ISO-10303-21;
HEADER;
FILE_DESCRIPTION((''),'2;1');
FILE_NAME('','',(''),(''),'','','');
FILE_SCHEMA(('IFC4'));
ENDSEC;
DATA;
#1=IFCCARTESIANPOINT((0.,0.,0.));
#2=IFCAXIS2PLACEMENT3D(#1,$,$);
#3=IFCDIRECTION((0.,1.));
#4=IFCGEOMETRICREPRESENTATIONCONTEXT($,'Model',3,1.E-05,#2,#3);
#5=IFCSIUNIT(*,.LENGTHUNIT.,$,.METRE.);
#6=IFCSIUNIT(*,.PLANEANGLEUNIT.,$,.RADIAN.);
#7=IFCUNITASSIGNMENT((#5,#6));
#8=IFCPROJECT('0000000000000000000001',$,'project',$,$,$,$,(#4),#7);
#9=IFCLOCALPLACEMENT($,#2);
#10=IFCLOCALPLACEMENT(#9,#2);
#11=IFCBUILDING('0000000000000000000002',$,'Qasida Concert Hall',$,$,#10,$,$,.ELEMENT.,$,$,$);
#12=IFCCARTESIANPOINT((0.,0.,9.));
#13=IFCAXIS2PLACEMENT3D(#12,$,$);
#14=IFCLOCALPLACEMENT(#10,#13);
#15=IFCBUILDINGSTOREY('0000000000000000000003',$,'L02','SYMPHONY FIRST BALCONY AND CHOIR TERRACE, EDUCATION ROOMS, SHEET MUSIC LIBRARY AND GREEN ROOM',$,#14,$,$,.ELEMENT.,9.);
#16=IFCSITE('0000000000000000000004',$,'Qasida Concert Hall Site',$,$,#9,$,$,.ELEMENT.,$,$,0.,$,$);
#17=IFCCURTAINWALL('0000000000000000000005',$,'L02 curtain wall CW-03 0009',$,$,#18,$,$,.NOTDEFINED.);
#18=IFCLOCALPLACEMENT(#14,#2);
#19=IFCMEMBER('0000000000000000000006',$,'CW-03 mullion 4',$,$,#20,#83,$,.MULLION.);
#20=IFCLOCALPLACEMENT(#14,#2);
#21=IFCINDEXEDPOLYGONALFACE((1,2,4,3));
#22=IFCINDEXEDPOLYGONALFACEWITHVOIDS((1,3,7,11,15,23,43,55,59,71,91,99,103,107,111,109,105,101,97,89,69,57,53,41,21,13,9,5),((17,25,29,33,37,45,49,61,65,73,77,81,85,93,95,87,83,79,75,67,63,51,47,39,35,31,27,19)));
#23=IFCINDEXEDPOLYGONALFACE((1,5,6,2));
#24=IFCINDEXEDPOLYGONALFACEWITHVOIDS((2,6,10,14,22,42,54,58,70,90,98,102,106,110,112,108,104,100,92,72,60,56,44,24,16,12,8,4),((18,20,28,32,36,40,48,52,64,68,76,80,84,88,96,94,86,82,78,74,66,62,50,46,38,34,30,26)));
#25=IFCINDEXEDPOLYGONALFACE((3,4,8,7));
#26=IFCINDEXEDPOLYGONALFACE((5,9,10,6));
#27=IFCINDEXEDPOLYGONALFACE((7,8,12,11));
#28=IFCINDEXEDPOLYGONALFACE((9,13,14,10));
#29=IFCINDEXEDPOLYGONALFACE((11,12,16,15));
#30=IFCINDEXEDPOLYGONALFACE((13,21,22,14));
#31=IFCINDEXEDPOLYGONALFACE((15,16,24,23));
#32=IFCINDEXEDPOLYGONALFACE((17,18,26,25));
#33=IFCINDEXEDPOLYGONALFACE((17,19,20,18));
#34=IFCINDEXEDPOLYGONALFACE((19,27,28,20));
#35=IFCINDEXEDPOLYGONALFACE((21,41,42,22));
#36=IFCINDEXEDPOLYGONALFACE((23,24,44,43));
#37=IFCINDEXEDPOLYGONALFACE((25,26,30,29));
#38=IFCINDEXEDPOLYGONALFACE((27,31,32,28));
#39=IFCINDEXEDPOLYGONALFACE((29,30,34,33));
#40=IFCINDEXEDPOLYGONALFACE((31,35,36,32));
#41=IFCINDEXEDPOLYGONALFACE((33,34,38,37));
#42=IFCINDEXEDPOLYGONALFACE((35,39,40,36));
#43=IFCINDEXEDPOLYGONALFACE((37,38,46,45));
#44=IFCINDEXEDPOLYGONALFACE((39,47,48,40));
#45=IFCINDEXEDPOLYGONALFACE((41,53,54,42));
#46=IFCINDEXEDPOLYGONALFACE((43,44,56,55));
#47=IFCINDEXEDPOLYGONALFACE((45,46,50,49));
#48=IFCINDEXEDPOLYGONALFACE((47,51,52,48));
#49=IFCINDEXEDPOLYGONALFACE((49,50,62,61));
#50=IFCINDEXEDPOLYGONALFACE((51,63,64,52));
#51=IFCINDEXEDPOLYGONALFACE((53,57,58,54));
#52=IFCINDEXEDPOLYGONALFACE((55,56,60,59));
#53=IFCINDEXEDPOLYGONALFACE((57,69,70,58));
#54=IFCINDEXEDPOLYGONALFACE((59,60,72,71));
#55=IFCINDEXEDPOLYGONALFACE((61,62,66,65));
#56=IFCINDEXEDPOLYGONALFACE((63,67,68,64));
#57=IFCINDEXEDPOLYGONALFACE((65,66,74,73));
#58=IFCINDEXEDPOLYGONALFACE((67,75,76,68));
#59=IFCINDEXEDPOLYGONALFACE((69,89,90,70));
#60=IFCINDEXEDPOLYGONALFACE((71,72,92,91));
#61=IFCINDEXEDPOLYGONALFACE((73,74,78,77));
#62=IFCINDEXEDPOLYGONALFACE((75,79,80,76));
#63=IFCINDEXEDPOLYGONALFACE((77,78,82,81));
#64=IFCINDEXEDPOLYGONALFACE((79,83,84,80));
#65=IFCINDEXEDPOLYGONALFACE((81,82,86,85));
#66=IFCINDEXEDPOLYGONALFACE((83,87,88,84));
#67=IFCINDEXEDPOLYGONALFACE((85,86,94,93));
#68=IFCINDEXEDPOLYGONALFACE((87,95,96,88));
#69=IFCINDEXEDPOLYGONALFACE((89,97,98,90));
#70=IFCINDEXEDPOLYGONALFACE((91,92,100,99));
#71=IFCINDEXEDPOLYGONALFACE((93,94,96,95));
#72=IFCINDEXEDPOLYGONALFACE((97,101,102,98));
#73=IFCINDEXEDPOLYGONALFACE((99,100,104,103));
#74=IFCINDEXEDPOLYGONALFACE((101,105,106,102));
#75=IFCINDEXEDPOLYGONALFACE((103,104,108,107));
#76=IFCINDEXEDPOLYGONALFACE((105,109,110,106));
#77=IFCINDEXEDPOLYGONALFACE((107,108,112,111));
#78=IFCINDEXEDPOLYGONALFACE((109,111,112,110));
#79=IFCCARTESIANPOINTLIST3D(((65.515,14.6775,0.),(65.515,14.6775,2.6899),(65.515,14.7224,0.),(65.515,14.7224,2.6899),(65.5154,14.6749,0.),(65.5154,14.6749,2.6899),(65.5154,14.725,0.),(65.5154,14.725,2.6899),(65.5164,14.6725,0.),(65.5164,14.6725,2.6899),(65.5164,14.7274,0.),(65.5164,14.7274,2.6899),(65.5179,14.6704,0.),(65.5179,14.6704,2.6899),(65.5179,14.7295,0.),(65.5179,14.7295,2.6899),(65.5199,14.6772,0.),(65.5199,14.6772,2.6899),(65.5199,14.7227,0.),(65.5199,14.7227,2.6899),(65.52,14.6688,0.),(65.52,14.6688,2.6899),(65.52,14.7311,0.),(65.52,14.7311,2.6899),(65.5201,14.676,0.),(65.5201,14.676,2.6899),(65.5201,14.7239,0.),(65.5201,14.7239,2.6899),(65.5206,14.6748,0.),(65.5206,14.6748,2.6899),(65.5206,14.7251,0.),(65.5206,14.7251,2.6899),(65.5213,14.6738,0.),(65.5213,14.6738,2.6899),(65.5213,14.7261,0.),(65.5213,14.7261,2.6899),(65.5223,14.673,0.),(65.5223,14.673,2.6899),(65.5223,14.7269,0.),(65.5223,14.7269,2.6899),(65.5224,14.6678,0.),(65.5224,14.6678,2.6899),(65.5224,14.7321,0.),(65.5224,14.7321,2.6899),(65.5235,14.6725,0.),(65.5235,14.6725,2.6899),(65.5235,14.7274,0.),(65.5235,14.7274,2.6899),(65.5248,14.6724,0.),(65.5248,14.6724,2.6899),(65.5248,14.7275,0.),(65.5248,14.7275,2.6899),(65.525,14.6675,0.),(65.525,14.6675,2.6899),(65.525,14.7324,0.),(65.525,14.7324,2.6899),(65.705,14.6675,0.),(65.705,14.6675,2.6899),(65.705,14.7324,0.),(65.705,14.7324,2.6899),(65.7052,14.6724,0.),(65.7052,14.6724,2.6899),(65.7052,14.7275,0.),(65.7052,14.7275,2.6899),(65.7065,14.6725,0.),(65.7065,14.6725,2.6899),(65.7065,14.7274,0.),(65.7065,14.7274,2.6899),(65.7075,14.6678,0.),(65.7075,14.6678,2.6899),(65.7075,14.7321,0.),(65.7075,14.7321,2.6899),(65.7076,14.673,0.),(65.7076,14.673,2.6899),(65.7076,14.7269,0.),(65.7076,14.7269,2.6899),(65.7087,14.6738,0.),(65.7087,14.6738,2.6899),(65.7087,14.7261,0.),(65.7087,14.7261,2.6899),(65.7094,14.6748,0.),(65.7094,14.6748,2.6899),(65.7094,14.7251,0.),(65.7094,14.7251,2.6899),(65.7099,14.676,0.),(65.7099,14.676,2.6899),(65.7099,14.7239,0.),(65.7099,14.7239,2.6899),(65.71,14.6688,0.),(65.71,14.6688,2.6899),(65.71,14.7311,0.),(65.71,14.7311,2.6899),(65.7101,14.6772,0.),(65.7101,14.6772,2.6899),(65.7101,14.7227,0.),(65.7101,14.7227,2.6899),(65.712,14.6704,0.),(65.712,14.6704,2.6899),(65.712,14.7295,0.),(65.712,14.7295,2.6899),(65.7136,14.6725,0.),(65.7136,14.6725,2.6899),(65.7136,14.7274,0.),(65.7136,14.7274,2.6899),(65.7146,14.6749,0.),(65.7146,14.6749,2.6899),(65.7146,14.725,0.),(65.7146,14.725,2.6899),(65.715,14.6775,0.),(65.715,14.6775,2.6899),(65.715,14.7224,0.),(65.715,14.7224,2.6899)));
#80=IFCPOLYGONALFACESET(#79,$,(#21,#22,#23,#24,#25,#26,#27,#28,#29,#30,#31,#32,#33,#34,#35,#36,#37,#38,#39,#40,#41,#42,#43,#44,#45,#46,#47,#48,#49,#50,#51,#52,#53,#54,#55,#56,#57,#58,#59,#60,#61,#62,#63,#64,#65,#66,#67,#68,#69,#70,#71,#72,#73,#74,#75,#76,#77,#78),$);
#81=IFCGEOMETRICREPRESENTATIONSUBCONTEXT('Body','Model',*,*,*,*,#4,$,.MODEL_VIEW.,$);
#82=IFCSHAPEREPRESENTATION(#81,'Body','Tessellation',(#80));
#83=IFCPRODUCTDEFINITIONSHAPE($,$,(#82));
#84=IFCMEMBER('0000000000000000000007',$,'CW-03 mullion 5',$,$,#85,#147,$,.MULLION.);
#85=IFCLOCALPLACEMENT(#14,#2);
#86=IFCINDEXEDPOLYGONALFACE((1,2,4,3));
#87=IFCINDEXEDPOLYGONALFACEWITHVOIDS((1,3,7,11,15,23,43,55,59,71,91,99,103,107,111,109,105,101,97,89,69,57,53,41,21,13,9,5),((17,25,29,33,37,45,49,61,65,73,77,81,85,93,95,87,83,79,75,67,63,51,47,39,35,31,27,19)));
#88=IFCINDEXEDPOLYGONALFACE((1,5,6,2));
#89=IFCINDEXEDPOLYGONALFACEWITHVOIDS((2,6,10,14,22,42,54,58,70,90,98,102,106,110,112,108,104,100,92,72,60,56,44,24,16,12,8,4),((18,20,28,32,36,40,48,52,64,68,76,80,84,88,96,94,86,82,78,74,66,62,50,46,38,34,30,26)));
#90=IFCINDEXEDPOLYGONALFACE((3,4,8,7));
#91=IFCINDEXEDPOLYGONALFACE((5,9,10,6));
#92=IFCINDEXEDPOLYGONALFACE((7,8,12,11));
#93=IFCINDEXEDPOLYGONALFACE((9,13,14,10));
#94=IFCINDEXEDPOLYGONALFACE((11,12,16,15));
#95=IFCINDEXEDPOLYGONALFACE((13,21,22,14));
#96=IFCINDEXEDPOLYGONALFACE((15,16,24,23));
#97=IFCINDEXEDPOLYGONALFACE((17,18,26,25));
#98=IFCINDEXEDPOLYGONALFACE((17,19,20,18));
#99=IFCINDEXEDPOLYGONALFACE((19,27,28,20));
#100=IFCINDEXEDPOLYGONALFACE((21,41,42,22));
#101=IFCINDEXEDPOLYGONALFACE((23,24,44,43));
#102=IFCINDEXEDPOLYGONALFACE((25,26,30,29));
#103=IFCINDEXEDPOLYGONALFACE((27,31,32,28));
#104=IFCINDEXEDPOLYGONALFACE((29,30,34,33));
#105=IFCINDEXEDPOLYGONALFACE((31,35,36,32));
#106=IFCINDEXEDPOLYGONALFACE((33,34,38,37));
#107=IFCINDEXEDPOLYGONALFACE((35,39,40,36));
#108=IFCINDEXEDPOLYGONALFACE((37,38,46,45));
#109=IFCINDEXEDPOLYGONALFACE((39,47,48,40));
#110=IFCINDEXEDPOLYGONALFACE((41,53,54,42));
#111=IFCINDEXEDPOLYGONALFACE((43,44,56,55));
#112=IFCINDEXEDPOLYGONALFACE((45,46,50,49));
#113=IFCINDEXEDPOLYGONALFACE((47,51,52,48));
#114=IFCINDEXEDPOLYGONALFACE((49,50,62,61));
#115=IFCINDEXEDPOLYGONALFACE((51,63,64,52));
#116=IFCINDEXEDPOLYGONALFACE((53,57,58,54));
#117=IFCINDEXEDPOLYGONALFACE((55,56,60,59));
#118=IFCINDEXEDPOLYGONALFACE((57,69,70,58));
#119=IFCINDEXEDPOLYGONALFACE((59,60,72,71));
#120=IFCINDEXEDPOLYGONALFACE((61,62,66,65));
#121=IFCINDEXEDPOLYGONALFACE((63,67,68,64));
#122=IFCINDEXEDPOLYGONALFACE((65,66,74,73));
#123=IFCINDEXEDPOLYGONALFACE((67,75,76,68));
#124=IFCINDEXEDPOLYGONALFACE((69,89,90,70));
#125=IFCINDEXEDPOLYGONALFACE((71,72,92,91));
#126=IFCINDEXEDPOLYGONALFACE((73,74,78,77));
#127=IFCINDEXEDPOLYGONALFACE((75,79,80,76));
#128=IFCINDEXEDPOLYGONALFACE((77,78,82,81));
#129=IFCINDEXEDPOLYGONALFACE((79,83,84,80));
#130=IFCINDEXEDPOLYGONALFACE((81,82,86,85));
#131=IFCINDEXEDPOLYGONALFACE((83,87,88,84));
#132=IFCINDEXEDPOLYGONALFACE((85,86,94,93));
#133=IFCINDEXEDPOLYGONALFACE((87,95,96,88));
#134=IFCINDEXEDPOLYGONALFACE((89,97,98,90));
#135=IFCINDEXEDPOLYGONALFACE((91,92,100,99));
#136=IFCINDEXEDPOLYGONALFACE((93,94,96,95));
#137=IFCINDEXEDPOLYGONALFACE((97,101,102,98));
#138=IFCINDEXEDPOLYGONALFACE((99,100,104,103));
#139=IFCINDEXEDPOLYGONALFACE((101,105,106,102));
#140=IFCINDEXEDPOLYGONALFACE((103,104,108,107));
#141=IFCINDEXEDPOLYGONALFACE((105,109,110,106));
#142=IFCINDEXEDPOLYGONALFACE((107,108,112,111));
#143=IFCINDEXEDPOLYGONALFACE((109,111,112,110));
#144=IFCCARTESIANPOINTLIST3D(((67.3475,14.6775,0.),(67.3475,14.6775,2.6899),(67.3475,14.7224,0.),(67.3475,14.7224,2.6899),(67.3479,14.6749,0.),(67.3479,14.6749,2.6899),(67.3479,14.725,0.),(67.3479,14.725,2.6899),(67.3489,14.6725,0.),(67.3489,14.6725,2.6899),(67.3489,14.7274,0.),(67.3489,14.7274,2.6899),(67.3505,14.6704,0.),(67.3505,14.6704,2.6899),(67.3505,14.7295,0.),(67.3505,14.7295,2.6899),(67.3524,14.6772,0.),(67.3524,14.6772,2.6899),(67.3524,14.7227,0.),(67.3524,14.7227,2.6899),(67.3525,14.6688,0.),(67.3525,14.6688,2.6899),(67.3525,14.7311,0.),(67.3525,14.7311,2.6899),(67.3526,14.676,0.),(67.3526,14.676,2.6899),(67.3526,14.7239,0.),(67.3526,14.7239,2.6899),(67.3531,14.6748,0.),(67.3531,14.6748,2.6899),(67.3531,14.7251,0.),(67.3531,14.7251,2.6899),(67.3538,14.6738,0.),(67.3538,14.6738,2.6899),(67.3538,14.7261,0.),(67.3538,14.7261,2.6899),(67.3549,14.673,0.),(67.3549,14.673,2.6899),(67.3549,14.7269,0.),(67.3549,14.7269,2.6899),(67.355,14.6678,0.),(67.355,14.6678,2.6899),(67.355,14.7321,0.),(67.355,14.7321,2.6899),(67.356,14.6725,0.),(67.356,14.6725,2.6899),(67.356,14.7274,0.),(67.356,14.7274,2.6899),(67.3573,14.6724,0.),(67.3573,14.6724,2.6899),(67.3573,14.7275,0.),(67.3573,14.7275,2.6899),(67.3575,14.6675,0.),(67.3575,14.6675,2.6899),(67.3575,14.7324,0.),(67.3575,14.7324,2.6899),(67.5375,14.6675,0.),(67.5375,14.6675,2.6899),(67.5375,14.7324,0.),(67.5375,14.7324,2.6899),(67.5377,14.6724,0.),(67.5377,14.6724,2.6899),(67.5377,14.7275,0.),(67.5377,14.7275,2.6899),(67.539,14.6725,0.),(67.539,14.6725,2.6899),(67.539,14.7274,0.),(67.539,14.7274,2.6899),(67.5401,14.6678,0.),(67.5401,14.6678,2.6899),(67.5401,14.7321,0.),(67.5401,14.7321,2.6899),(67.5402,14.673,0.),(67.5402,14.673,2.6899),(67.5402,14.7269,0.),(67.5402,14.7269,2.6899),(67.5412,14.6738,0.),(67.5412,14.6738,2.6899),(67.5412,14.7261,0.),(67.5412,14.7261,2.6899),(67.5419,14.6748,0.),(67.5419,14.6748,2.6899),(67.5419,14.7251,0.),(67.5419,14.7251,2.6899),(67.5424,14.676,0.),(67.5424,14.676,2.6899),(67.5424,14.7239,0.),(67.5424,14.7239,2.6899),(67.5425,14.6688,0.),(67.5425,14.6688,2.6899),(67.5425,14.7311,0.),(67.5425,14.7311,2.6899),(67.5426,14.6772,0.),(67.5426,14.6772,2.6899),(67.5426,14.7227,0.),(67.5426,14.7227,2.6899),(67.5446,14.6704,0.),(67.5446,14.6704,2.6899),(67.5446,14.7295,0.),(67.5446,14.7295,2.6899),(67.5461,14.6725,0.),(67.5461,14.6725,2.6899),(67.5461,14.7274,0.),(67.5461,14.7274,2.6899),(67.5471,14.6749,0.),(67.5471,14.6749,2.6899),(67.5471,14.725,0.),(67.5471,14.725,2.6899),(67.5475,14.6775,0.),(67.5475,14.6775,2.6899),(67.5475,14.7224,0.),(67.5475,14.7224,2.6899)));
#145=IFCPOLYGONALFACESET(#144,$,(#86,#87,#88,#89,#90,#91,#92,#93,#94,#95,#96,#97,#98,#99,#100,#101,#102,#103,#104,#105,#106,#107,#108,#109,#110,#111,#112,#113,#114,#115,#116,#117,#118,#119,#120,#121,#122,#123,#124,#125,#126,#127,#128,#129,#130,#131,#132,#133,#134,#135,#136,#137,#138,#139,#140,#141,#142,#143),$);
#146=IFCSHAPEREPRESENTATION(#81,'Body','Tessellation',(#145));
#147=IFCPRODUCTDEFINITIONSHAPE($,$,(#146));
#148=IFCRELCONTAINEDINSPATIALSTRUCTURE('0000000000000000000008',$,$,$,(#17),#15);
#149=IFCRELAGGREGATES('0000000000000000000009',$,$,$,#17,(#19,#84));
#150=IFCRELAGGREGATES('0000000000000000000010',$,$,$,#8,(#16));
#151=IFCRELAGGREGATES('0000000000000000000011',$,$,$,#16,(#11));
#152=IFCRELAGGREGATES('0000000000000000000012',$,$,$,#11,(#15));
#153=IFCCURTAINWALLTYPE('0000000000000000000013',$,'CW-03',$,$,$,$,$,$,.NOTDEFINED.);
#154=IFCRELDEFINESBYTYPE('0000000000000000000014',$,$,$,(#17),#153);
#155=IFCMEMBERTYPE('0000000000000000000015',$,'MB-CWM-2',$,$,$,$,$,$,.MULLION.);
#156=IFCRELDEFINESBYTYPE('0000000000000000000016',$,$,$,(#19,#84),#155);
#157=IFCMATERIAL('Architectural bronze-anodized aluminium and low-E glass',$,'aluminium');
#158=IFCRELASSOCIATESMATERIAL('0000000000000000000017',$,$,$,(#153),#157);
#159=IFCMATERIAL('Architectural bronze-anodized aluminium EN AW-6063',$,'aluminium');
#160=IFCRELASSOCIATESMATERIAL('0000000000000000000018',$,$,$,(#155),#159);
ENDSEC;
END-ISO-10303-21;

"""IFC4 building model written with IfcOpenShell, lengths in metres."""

from ifc_helpers import new_model, si_unit, direction, frame, origin, origin_2d, place, context, subcontext, project, spatial, hollow_rectangle, extrude, material, material_profile, profile_set, type_object, element, aggregate, save


model = new_model("IFC4")

# Units and contexts
model_context = context("Model", 3, precision=1e-05, world=origin(), true_north=direction((0.0, 1.0)))
body_context = subcontext(model_context, "Body", "Model", "MODEL_VIEW")
ifc_project = project(units=[si_unit("LENGTHUNIT", "METRE"), si_unit("PLANEANGLEUNIT", "RADIAN")], contexts=[model_context])

# Site, building, storey
site_placement = place(None, origin())
site = spatial("IfcSite", under=ifc_project, at=site_placement, Name="Qasida Concert Hall Site", CompositionType="ELEMENT", RefElevation=0.0)
building_placement = place(site_placement, origin())
building = spatial("IfcBuilding", under=site, at=building_placement, Name="Qasida Concert Hall", CompositionType="ELEMENT")
storey_placement = place(building_placement, frame((0.0, 0.0, 9.0)))
storey = spatial("IfcBuildingStorey", under=building, at=storey_placement, Name="L02", Description="SYMPHONY FIRST BALCONY AND CHOIR TERRACE, EDUCATION ROOMS, SHEET MUSIC LIBRARY AND GREEN ROOM", CompositionType="ELEMENT", Elevation=9.0)

# Curtain wall, members
ifc_material_1 = material(Name="Architectural bronze-anodized aluminium and low-E glass", Category="aluminium")
curtain_wall_type = type_object("IfcCurtainWallType", Name="CW-03", PredefinedType="NOTDEFINED", material=ifc_material_1)
curtain_wall_1_placement = place(storey_placement, origin())
curtain_wall_1 = element("IfcCurtainWall", 1, at=curtain_wall_1_placement, inside=storey, type_object=curtain_wall_type, Name="L02 curtain wall CW-03 0009", PredefinedType="NOTDEFINED")
ifc_material_2 = material(Name="Architectural bronze-anodized aluminium EN AW-6063", Category="aluminium")
ifc_material_profile_1 = material_profile(ifc_material_2, hollow_rectangle(XDim=0.0649, YDim=0.2, WallThickness=0.0049, InnerFilletRadius=0.0049, OuterFilletRadius=0.01, at=origin_2d()), Name="CWM 200x65x5")
ifc_profile_set_1 = profile_set([ifc_material_profile_1], Name="Architectural bronze-anodized aluminium EN AW-6063")
member_type_1 = type_object("IfcMemberType", Name="MB-CWM-2", PredefinedType="MULLION", material=ifc_profile_set_1)
member_1_placement = place(storey_placement, frame((65.615, 14.7, 0.0), z_axis=(0.0, 0.0, 1.0), x_axis=(0.0, 1.0, 0.0)))
member_1 = element("IfcMember", 2, at=member_1_placement, type_object=member_type_1, Name="CW-03 mullion 4", PredefinedType="MULLION", context=body_context, shape_type="SweptSolid", body=[
    extrude(hollow_rectangle(XDim=0.0649, YDim=0.2, WallThickness=0.0049, InnerFilletRadius=0.0049, OuterFilletRadius=0.01, at=origin_2d()), origin(), (0.0, 0.0, 1.0), 2.6899),
])
member_2_placement = place(storey_placement, frame((67.4475, 14.7, 0.0), z_axis=(0.0, 0.0, 1.0), x_axis=(0.0, 1.0, 0.0)))
member_2 = element("IfcMember", 3, at=member_2_placement, type_object=member_type_1, Name="CW-03 mullion 5", PredefinedType="MULLION", context=body_context, shape_type="SweptSolid", body=[
    extrude(hollow_rectangle(XDim=0.0649, YDim=0.2, WallThickness=0.0049, InnerFilletRadius=0.0049, OuterFilletRadius=0.01, at=origin_2d()), origin(), (0.0, 0.0, 1.0), 2.6899),
])

aggregate(curtain_wall_1, [member_1, member_2])

save(model, "model.ifc")
